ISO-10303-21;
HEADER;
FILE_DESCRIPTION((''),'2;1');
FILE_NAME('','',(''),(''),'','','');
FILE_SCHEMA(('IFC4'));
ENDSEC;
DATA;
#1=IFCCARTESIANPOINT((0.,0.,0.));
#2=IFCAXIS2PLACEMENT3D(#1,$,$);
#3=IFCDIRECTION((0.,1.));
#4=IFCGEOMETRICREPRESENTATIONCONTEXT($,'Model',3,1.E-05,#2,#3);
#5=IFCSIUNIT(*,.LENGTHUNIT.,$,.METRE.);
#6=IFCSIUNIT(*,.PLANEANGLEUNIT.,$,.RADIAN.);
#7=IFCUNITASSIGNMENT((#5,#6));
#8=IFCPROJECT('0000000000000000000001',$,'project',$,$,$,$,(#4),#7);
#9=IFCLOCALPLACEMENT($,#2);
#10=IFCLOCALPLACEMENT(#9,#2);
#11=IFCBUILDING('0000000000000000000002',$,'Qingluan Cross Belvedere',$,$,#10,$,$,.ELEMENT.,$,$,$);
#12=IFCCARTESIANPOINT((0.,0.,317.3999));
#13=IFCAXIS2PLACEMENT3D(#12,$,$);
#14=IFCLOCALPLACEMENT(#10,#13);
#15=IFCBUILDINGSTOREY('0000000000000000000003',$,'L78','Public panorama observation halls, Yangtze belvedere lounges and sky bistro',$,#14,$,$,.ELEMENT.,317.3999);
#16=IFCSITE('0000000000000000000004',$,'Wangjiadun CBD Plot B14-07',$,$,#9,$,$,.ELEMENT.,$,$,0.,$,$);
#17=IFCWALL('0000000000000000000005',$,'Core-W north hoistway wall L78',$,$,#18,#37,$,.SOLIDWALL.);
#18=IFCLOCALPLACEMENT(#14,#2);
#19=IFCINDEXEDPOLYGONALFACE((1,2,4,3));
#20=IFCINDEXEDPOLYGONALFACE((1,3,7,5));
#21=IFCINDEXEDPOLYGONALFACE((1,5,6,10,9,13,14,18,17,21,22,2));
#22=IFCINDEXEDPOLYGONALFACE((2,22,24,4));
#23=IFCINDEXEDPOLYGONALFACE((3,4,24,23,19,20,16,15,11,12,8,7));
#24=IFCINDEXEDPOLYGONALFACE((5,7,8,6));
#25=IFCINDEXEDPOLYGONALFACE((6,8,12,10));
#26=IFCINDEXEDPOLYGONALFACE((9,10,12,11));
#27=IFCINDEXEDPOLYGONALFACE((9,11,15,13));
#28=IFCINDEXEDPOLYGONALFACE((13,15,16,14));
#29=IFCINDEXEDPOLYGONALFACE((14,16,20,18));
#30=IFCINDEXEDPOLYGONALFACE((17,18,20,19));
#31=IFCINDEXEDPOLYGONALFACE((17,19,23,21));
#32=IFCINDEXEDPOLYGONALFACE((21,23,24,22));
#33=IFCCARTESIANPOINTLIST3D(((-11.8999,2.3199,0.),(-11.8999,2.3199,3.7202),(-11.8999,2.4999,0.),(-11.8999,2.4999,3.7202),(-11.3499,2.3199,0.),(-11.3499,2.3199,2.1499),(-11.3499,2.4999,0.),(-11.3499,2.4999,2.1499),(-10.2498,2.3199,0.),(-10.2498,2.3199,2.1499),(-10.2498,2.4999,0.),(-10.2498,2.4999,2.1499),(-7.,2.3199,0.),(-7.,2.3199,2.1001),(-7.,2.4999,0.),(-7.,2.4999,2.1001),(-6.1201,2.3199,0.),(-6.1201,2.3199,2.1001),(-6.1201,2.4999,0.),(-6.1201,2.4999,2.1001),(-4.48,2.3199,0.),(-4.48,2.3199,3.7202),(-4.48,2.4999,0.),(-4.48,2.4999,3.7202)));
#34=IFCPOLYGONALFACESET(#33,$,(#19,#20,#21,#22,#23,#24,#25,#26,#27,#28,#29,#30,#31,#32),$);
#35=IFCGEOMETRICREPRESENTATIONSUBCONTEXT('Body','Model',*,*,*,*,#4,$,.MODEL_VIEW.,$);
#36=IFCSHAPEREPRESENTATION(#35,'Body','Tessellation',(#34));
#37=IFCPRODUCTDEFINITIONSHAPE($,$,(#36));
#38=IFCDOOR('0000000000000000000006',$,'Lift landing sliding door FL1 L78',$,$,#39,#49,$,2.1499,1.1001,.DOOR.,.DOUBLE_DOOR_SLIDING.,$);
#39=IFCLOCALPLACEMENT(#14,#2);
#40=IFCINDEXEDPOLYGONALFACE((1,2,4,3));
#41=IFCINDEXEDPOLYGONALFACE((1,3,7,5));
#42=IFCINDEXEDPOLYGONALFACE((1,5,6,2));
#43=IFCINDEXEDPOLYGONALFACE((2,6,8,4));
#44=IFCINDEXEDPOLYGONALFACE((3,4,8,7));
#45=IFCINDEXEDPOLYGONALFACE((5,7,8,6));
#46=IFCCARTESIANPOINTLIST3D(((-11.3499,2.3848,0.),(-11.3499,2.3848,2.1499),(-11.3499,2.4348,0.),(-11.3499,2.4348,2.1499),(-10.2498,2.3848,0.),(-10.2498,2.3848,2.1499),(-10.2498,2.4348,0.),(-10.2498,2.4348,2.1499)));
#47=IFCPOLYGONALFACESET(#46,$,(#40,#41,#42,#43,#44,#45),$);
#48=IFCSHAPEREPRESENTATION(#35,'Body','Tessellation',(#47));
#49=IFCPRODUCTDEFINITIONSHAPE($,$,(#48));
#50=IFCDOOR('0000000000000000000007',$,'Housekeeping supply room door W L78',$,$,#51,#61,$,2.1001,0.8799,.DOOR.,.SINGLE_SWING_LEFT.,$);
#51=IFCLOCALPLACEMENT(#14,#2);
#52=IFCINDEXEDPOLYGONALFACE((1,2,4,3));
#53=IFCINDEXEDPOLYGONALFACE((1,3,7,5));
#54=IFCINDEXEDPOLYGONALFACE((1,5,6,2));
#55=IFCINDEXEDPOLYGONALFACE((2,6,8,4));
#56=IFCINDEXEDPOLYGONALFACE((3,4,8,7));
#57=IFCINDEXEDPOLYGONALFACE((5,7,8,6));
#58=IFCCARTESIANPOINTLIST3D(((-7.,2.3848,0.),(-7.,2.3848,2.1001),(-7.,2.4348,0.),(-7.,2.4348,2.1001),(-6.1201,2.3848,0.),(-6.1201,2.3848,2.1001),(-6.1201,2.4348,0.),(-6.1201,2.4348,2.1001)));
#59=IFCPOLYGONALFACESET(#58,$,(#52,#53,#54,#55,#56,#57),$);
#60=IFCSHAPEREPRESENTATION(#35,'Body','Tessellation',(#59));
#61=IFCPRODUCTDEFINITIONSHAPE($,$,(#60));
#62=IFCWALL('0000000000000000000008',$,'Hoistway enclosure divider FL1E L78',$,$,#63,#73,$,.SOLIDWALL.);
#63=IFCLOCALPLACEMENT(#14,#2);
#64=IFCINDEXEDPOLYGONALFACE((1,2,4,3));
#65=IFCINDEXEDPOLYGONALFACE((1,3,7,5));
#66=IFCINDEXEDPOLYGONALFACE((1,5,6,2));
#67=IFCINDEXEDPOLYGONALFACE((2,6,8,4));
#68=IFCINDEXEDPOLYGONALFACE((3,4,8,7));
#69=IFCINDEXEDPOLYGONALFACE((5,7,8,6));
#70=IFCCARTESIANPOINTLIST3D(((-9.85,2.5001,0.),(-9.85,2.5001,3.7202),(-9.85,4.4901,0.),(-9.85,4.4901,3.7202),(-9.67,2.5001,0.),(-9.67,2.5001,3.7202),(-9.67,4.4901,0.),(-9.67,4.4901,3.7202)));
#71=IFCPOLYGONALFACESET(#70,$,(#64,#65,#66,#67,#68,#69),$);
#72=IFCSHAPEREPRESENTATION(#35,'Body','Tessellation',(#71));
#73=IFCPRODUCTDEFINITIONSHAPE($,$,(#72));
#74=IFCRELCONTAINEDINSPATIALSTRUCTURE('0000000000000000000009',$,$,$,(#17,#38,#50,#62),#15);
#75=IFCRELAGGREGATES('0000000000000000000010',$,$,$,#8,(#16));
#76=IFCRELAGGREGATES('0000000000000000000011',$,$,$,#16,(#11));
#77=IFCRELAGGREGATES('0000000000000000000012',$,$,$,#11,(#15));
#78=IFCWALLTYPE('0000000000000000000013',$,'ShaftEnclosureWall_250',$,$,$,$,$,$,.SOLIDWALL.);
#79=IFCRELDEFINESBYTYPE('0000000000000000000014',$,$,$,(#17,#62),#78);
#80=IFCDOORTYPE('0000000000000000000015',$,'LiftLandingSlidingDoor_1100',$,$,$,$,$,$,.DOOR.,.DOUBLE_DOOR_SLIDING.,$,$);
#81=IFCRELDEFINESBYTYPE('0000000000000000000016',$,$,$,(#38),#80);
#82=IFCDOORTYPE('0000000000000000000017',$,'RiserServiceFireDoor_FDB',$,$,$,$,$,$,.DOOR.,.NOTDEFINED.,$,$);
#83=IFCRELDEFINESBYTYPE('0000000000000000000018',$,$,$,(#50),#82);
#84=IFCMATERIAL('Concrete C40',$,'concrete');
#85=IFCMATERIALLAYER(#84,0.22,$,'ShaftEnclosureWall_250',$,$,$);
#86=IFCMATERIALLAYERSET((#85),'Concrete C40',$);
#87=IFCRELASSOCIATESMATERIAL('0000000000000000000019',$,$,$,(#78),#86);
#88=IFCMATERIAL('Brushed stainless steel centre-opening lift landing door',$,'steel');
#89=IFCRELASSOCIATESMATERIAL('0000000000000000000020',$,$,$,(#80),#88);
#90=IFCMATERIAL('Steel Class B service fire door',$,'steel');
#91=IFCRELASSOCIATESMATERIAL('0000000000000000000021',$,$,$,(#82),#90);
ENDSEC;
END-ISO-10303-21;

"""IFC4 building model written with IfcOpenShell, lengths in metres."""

from ifc_helpers import new_model, si_unit, direction, frame, frame_2d, origin, place, context, subcontext, project, spatial, rectangle, extrude, material, layer, layer_set, type_object, element, fill, save


model = new_model("IFC4")

# Units and contexts
model_context = context("Model", 3, precision=1e-05, world=origin(), true_north=direction((0.0, 1.0)))
body_context = subcontext(model_context, "Body", "Model", "MODEL_VIEW")
ifc_project = project(units=[si_unit("LENGTHUNIT", "METRE"), si_unit("PLANEANGLEUNIT", "RADIAN")], contexts=[model_context])

# Site, building, storey
site_placement = place(None, origin())
site = spatial("IfcSite", under=ifc_project, at=site_placement, Name="Wangjiadun CBD Plot B14-07", CompositionType="ELEMENT", RefElevation=0.0)
building_placement = place(site_placement, origin())
building = spatial("IfcBuilding", under=site, at=building_placement, Name="Qingluan Cross Belvedere", CompositionType="ELEMENT")
storey_placement = place(building_placement, frame((0.0, 0.0, 317.3999)))
storey = spatial("IfcBuildingStorey", under=building, at=storey_placement, Name="L78", Description="Public panorama observation halls, Yangtze belvedere lounges and sky bistro", CompositionType="ELEMENT", Elevation=317.3999)

# Wall, openings, doors
ifc_material_1 = material(Name="Concrete C40", Category="concrete")
ifc_layer_1 = layer(ifc_material_1, 0.22, Name="ShaftEnclosureWall_250")
ifc_layer_set_1 = layer_set([ifc_layer_1], Name="Concrete C40")
wall_type_1 = type_object("IfcWallType", Name="ShaftEnclosureWall_250", PredefinedType="SOLIDWALL", material=ifc_layer_set_1)
wall_1_placement = place(storey_placement, frame((-11.8999, 2.4099, 0.0), z_axis=(0.0, 0.0, 1.0), x_axis=(1.0, 0.0, 0.0)))
wall_1 = element("IfcWall", 1, at=wall_1_placement, inside=storey, type_object=wall_type_1, Name="Core-W north hoistway wall L78", PredefinedType="SOLIDWALL", context=body_context, shape_type="SweptSolid", body=[
    extrude(rectangle(XDim=7.4199, YDim=0.1799, at=frame_2d((3.71, 0.0))), origin(), (0.0, 0.0, 1.0), 3.7202),
])
opening_1_placement = place(wall_1_placement, frame((0.55, 0.0, 0.0)))
opening_1 = element("IfcOpeningElement", 2, at=opening_1_placement, cuts=wall_1, PredefinedType="OPENING", context=body_context, shape_type="SweptSolid", body=[
    extrude(rectangle(XDim=1.1001, YDim=2.1499, at=frame_2d((0.55, 1.075))), frame((0.0, 0.0999, 0.0), z_axis=(0.0, -1.0, 0.0), x_axis=(1.0, 0.0, 0.0)), (0.0, 0.0, 1.0), 0.2),
])
opening_2_placement = place(wall_1_placement, frame((4.8999, 0.0, 0.0)))
opening_2 = element("IfcOpeningElement", 3, at=opening_2_placement, cuts=wall_1, PredefinedType="OPENING", context=body_context, shape_type="SweptSolid", body=[
    extrude(rectangle(XDim=0.8799, YDim=2.1001, at=frame_2d((0.4399, 1.05))), frame((0.0, 0.0999, 0.0), z_axis=(0.0, -1.0, 0.0), x_axis=(1.0, 0.0, 0.0)), (0.0, 0.0, 1.0), 0.2),
])
ifc_material_2 = material(Name="Brushed stainless steel centre-opening lift landing door", Category="steel")
door_type_1 = type_object("IfcDoorType", Name="LiftLandingSlidingDoor_1100", OperationType="DOUBLE_DOOR_SLIDING", PredefinedType="DOOR", material=ifc_material_2)
door_1_placement = place(opening_1_placement, origin())
door_1 = element("IfcDoor", 4, at=door_1_placement, inside=storey, type_object=door_type_1, Name="Lift landing sliding door FL1 L78", OperationType="DOUBLE_DOOR_SLIDING", OverallHeight=2.1499, OverallWidth=1.1001, PredefinedType="DOOR", context=body_context, shape_type="SweptSolid", body=[
    extrude(rectangle(XDim=1.1001, YDim=2.1499, at=frame_2d((0.55, 1.075))), frame((0.0, 0.0249, 0.0), z_axis=(0.0, -1.0, 0.0), x_axis=(1.0, 0.0, 0.0)), (0.0, 0.0, 1.0), 0.05),
])
fill(opening_1, door_1)
ifc_material_3 = material(Name="Steel Class B service fire door", Category="steel")
door_type_2 = type_object("IfcDoorType", Name="RiserServiceFireDoor_FDB", OperationType="NOTDEFINED", PredefinedType="DOOR", material=ifc_material_3)
door_2_placement = place(opening_2_placement, origin())
door_2 = element("IfcDoor", 5, at=door_2_placement, inside=storey, type_object=door_type_2, Name="Housekeeping supply room door W L78", OperationType="SINGLE_SWING_LEFT", OverallHeight=2.1001, OverallWidth=0.8799, PredefinedType="DOOR", context=body_context, shape_type="SweptSolid", body=[
    extrude(rectangle(XDim=0.8799, YDim=2.1001, at=frame_2d((0.4399, 1.05))), frame((0.0, 0.0249, 0.0), z_axis=(0.0, -1.0, 0.0), x_axis=(1.0, 0.0, 0.0)), (0.0, 0.0, 1.0), 0.05),
])
fill(opening_2, door_2)

# Wall
wall_2_placement = place(storey_placement, frame((-9.76, 2.5, 0.0), z_axis=(0.0, 0.0, 1.0), x_axis=(0.0, 1.0, 0.0)))
element("IfcWall", 6, at=wall_2_placement, inside=storey, type_object=wall_type_1, Name="Hoistway enclosure divider FL1E L78", PredefinedType="SOLIDWALL", context=body_context, shape_type="SweptSolid", body=[
    extrude(rectangle(XDim=1.99, YDim=0.1799, at=frame_2d((0.9951, 0.0))), origin(), (0.0, 0.0, 1.0), 3.7202),
])

save(model, "model.ifc")
